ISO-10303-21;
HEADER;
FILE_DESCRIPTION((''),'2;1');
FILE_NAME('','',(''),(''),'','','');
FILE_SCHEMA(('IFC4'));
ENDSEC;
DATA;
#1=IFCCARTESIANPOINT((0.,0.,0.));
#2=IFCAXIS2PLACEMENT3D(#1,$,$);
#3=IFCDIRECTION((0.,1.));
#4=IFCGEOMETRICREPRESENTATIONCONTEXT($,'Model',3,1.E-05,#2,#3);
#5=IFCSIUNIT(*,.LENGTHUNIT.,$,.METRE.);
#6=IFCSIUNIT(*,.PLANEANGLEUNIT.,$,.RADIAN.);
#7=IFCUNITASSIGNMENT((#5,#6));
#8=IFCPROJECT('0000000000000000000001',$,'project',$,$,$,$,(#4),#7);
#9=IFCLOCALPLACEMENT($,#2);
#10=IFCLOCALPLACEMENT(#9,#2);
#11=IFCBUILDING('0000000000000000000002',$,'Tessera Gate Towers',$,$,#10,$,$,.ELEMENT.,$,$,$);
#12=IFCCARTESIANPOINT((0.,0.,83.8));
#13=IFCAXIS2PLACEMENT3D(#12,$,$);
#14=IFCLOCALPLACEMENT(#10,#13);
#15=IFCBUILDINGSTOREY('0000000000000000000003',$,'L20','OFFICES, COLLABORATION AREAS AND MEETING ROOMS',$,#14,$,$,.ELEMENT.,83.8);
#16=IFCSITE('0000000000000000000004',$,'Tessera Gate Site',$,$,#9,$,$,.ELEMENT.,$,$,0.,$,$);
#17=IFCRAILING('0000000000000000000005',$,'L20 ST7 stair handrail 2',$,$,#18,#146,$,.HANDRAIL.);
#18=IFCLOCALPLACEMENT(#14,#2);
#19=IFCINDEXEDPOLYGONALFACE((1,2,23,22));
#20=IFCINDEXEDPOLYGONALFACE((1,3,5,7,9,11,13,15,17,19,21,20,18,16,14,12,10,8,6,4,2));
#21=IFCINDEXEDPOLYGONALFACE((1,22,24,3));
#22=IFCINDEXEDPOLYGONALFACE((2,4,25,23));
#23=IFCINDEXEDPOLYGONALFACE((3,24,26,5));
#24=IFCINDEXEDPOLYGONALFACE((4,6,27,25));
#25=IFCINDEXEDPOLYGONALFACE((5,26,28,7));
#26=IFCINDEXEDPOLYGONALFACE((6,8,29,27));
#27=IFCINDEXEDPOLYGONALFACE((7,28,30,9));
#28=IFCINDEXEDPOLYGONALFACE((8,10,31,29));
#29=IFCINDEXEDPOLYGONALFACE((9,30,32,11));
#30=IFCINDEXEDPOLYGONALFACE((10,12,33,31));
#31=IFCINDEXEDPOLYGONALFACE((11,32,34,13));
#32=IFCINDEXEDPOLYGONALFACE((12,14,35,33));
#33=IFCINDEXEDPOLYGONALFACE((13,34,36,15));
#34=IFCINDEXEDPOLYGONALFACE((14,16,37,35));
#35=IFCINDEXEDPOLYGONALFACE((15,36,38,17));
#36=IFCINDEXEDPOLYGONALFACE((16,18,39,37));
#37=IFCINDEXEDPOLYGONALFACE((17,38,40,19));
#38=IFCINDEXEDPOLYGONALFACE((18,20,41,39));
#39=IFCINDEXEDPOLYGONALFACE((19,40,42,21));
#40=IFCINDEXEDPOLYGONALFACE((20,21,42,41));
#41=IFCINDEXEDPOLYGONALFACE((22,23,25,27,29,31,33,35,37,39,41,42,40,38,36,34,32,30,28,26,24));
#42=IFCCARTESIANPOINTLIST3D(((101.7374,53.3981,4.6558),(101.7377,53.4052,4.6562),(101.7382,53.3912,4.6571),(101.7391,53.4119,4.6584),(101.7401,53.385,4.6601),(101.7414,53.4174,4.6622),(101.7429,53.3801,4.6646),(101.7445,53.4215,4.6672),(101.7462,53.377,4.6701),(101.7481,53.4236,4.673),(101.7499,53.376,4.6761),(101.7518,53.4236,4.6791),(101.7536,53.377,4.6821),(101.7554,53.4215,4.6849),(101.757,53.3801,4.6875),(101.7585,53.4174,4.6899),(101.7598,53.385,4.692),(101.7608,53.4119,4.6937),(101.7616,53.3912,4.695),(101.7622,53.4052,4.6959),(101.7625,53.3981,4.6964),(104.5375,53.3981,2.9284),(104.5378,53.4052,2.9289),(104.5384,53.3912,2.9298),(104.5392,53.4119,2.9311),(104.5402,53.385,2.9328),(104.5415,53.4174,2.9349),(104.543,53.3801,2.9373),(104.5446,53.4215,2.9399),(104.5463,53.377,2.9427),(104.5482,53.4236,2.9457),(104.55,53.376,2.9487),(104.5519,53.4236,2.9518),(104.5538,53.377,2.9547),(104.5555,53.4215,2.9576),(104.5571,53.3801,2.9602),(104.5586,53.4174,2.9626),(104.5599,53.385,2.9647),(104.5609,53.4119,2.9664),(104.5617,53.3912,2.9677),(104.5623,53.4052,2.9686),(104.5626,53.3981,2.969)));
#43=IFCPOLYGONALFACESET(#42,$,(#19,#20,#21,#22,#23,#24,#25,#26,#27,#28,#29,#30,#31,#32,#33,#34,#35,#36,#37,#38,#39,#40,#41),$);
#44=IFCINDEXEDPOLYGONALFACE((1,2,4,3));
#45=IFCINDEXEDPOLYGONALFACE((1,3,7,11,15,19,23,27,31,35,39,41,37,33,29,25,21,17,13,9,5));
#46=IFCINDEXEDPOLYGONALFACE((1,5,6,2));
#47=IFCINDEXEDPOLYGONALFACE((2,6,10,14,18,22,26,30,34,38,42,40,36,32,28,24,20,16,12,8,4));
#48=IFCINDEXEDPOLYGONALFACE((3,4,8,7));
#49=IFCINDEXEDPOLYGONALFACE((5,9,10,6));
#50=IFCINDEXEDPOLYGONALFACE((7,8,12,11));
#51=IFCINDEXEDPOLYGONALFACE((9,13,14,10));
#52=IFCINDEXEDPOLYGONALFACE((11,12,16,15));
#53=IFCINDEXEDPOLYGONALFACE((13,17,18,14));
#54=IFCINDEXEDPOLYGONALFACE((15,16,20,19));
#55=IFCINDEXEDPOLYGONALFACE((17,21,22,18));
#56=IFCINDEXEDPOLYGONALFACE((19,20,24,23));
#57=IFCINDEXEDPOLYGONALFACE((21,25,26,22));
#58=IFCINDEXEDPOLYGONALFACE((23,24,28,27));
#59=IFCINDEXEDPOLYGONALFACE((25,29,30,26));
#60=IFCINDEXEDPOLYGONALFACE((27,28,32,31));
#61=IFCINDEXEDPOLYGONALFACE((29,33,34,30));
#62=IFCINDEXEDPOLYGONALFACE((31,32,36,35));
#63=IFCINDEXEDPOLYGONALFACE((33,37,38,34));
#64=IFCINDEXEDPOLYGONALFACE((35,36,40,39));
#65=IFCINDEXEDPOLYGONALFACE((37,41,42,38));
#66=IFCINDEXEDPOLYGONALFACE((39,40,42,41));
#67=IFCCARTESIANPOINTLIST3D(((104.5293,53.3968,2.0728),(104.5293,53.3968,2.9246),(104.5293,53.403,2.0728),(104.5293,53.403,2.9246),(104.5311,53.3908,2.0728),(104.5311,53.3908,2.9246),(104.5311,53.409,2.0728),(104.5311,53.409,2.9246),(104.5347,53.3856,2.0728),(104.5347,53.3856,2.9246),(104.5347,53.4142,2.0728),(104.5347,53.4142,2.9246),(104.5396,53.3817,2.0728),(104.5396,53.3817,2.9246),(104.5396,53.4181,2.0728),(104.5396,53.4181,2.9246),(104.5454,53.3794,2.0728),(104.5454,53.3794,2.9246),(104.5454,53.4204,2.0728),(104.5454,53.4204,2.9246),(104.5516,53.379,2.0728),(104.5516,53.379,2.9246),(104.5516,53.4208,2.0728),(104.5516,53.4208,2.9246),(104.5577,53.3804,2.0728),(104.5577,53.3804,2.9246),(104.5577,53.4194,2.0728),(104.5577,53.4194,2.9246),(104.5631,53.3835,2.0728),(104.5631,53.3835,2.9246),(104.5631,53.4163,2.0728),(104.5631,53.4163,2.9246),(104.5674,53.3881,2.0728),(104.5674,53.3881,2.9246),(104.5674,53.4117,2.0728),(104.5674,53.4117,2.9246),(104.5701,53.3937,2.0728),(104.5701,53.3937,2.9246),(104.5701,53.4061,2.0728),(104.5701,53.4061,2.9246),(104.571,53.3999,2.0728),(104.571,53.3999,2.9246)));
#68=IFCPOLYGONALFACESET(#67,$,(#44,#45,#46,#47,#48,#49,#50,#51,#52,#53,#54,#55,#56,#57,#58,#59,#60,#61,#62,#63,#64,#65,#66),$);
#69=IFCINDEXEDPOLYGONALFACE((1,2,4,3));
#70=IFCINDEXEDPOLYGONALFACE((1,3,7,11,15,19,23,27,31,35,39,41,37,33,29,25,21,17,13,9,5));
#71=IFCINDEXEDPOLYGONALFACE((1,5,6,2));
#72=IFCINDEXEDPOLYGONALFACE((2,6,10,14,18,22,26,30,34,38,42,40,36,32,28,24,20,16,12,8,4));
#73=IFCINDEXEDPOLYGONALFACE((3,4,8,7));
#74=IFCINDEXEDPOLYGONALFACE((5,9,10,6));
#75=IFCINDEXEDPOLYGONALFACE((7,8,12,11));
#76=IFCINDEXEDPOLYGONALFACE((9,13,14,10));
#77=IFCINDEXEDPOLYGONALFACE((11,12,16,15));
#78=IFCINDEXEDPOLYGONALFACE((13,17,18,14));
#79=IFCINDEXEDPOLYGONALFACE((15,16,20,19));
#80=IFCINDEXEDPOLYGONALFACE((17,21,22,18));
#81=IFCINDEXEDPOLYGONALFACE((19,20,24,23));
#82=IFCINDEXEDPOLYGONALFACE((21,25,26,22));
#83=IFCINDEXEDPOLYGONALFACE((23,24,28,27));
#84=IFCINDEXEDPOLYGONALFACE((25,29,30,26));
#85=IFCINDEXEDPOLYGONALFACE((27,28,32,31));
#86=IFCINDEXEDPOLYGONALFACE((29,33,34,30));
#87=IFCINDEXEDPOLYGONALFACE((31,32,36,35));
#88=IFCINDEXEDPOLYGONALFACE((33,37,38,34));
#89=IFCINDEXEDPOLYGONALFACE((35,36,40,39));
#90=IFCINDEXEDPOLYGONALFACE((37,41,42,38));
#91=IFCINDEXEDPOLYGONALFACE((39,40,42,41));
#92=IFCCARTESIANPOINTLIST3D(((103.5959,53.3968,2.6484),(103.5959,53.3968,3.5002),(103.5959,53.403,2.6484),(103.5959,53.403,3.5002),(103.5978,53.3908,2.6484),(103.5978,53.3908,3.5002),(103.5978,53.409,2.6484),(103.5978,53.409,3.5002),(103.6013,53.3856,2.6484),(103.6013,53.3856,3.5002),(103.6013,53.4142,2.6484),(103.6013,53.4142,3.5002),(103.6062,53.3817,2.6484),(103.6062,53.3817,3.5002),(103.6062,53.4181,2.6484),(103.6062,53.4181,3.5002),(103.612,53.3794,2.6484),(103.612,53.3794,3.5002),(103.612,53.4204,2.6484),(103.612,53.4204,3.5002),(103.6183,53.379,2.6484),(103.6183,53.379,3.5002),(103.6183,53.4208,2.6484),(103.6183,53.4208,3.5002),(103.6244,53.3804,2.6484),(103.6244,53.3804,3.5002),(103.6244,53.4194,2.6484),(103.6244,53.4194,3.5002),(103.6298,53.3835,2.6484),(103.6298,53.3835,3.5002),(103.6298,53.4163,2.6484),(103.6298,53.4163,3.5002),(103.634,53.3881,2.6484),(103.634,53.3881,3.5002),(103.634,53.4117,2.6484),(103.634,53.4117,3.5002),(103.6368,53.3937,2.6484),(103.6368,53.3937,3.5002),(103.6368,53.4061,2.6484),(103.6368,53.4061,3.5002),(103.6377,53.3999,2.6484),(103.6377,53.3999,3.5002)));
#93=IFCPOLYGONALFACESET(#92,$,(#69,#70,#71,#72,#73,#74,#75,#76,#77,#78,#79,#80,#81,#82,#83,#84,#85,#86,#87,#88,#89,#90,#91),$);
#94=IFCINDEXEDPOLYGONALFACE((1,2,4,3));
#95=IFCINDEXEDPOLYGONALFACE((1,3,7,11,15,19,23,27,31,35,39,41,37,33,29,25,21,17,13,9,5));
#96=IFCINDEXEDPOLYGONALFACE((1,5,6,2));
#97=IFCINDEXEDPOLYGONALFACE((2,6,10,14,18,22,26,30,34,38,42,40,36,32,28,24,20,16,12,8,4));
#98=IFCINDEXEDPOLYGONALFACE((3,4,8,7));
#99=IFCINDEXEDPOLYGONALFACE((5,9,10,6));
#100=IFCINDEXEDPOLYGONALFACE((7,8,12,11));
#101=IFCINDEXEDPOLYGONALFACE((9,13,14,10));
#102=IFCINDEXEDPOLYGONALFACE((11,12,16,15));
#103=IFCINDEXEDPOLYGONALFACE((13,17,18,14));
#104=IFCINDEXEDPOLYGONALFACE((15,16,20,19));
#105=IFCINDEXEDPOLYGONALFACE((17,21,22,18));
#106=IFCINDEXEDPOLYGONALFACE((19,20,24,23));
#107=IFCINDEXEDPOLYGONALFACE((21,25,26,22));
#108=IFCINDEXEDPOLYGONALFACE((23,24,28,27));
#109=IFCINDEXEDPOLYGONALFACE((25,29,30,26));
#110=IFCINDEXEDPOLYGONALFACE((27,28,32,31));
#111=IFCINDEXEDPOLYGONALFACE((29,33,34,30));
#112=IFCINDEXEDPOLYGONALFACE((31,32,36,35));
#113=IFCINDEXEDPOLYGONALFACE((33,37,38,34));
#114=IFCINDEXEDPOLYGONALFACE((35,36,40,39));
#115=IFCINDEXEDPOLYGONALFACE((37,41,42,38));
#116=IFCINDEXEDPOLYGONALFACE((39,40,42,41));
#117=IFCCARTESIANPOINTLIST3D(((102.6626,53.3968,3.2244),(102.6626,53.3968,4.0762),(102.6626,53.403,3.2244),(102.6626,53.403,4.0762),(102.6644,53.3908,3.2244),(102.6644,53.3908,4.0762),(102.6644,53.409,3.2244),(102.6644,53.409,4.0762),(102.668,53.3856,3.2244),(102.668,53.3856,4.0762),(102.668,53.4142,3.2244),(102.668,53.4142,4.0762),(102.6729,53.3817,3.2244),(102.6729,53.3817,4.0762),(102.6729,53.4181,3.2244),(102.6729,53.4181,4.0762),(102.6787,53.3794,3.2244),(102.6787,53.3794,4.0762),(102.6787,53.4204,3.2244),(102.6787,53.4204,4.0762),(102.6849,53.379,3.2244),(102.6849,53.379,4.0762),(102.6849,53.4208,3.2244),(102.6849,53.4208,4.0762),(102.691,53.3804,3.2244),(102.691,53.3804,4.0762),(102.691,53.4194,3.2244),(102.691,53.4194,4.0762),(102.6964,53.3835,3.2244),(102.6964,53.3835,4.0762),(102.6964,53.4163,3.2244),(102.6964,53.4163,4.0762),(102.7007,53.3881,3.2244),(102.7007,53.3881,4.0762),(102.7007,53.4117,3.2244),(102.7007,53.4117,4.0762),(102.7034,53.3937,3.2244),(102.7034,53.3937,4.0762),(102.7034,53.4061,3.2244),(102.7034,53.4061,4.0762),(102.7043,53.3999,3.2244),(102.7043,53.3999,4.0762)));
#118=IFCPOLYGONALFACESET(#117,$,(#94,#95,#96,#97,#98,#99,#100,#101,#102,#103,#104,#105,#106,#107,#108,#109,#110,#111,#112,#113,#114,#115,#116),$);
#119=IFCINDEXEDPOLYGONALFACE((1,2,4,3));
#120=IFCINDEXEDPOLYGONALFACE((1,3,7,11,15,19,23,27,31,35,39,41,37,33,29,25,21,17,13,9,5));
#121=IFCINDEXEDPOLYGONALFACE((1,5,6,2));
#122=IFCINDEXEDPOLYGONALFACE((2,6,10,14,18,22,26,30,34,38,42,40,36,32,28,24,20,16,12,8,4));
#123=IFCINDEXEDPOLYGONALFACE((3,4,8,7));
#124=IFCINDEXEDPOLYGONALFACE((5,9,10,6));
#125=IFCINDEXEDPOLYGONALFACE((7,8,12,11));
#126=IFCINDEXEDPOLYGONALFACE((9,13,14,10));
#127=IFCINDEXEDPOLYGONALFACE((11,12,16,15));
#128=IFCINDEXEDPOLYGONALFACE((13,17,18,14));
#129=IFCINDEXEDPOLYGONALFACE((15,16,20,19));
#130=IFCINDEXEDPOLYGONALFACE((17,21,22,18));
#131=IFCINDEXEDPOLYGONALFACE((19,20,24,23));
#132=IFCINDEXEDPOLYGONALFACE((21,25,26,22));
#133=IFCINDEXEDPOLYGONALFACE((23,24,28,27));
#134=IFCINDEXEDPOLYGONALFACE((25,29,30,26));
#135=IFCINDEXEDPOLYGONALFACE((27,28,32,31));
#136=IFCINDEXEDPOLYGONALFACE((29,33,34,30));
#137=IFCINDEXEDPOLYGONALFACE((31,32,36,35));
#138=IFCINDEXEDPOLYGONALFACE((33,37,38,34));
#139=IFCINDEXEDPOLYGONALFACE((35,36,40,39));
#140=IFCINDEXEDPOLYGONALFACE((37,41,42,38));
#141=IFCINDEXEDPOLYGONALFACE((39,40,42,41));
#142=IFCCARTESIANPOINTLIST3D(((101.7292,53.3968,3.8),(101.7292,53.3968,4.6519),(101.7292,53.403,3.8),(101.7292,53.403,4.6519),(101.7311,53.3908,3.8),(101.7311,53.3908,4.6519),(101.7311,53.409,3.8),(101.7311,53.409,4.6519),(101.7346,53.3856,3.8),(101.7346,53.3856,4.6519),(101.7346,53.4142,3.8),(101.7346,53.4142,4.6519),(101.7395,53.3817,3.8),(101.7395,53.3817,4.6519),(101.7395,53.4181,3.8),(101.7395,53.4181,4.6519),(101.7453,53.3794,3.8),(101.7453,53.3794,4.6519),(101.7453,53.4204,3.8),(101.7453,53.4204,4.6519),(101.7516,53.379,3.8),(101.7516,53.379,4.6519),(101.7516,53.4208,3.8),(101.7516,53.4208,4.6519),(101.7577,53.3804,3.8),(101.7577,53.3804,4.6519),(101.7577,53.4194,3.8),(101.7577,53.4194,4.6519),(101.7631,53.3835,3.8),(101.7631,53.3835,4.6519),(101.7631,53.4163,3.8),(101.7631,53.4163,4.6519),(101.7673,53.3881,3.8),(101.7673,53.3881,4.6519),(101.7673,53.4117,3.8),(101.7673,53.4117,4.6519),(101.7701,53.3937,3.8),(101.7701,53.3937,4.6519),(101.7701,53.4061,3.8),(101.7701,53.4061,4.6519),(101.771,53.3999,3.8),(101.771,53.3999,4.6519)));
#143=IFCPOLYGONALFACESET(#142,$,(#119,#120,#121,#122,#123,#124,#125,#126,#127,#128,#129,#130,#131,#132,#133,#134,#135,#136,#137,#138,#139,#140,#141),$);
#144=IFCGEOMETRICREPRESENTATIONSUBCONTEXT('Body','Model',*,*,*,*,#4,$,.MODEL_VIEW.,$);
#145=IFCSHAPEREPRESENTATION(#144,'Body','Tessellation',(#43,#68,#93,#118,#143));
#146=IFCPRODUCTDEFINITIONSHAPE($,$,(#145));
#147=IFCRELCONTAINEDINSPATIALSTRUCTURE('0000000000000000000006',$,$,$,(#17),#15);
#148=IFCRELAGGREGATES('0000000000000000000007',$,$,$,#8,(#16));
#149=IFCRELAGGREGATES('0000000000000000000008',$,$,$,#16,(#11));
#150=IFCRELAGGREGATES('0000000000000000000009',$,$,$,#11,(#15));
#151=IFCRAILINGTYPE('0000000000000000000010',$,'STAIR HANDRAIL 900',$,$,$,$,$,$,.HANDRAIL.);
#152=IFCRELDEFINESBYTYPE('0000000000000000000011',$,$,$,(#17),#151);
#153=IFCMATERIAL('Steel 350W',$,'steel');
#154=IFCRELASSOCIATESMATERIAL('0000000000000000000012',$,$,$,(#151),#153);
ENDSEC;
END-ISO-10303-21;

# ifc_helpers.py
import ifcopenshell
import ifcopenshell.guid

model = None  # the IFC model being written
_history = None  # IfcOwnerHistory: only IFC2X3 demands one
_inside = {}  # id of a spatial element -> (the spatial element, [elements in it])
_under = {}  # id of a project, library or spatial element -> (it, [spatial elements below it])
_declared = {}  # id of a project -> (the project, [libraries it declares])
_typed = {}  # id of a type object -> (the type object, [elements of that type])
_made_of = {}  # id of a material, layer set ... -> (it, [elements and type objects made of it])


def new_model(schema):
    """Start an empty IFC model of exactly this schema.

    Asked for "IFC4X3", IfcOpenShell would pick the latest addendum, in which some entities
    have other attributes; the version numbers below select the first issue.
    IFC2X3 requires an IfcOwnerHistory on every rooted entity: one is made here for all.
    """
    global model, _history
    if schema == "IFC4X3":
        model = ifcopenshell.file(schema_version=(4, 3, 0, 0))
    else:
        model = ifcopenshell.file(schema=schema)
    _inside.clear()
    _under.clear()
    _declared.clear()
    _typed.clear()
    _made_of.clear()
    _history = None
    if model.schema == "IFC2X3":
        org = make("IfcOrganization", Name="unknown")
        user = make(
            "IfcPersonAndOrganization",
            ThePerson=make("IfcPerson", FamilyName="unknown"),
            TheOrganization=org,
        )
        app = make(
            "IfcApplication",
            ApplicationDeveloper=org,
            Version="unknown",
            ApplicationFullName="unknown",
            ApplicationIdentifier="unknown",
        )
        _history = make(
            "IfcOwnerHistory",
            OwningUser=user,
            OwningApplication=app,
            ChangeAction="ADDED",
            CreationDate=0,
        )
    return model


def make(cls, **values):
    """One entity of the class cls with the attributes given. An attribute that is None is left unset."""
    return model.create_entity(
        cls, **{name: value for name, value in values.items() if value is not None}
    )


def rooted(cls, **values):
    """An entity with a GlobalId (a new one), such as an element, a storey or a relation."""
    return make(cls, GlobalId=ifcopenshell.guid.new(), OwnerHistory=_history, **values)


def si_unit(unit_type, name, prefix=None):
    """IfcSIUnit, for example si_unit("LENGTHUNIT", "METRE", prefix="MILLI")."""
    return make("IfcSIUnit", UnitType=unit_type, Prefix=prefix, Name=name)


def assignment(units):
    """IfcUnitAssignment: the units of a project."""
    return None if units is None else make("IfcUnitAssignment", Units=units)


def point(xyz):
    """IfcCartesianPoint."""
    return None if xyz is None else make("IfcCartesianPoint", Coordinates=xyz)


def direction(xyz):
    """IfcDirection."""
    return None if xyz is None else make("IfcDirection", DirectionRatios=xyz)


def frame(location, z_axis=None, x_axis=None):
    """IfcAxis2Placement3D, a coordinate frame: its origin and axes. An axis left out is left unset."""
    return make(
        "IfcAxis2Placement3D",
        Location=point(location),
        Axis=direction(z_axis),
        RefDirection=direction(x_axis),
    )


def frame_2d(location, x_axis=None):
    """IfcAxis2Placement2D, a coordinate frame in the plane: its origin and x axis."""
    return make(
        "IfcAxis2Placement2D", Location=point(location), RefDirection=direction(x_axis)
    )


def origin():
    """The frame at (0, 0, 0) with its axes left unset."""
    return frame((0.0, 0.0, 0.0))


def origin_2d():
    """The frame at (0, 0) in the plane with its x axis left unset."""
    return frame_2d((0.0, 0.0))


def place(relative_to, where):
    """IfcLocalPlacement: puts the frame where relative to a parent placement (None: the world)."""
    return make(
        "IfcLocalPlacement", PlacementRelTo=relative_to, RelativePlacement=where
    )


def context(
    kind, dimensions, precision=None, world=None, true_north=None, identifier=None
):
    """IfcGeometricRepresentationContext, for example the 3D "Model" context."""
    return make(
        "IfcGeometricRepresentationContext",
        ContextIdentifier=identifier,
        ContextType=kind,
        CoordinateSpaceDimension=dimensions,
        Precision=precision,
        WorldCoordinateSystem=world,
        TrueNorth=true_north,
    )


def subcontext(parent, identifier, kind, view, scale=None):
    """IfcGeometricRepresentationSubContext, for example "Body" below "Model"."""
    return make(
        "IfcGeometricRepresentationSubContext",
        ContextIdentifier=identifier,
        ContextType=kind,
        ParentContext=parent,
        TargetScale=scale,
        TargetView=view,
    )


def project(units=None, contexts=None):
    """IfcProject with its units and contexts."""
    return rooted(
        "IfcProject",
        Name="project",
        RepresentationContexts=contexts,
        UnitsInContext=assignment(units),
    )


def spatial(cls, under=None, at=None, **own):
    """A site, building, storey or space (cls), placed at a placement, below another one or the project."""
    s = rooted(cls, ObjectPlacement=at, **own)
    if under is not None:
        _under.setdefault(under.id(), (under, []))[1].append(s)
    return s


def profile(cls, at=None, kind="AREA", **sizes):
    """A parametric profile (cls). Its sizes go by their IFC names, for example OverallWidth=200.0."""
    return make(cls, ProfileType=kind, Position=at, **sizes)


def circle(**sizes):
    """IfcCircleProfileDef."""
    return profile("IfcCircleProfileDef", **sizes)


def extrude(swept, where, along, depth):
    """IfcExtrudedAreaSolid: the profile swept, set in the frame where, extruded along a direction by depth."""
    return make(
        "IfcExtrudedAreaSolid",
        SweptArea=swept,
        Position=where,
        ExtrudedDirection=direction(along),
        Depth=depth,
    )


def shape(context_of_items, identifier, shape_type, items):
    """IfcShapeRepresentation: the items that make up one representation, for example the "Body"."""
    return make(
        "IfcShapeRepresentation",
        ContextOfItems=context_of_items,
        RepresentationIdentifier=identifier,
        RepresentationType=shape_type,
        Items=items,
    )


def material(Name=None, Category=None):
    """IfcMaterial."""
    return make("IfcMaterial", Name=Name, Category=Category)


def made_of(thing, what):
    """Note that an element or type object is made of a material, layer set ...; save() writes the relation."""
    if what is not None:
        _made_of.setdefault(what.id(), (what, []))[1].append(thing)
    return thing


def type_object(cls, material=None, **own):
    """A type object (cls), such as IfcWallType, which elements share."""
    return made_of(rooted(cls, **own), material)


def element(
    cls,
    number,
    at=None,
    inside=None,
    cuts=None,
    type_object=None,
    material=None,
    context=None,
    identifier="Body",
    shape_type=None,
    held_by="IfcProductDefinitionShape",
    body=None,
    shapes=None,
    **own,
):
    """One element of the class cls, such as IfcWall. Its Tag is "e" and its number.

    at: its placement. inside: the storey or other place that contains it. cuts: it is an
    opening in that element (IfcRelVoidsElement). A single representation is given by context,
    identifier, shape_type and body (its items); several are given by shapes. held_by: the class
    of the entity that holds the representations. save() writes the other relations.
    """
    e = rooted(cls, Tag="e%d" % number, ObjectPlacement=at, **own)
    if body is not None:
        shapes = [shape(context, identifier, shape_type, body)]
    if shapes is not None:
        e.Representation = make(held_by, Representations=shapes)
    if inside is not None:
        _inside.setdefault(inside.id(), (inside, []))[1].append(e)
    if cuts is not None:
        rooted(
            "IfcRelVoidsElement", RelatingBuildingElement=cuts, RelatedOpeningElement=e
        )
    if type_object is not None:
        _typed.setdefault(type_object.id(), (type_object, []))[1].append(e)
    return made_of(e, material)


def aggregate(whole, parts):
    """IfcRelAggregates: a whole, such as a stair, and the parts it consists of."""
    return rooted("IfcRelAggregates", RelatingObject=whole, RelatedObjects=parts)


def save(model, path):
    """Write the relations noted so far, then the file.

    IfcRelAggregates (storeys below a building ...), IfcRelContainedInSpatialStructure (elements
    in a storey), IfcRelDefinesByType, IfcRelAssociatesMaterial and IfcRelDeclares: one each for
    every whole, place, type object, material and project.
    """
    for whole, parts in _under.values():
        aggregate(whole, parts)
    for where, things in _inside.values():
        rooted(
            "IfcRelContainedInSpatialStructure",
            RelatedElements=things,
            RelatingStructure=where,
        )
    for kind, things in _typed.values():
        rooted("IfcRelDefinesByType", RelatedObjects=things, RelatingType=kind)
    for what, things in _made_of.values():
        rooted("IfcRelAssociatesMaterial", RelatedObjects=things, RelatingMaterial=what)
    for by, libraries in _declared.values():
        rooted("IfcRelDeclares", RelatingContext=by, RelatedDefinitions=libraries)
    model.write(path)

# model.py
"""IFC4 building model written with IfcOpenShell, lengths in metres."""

from ifc_helpers import new_model, si_unit, direction, frame, origin, origin_2d, place, context, subcontext, project, spatial, circle, extrude, material, type_object, element, save


model = new_model("IFC4")

# Units and contexts
model_context = context("Model", 3, precision=1e-05, world=origin(), true_north=direction((0.0, 1.0)))
body_context = subcontext(model_context, "Body", "Model", "MODEL_VIEW")
ifc_project = project(units=[si_unit("LENGTHUNIT", "METRE"), si_unit("PLANEANGLEUNIT", "RADIAN")], contexts=[model_context])

# Site, building, storey
site_placement = place(None, origin())
site = spatial("IfcSite", under=ifc_project, at=site_placement, Name="Tessera Gate Site", CompositionType="ELEMENT", RefElevation=0.0)
building_placement = place(site_placement, origin())
building = spatial("IfcBuilding", under=site, at=building_placement, Name="Tessera Gate Towers", CompositionType="ELEMENT")
storey_placement = place(building_placement, frame((0.0, 0.0, 83.8)))
storey = spatial("IfcBuildingStorey", under=building, at=storey_placement, Name="L20", Description="OFFICES, COLLABORATION AREAS AND MEETING ROOMS", CompositionType="ELEMENT", Elevation=83.8)

# Railing
ifc_material_1 = material(Name="Steel 350W", Category="steel")
railing_type_1 = type_object("IfcRailingType", Name="STAIR HANDRAIL 900", PredefinedType="HANDRAIL", material=ifc_material_1)
railing_1_placement = place(storey_placement, frame((104.55, 53.3999, 2.0728)))
element("IfcRailing", 1, at=railing_1_placement, inside=storey, type_object=railing_type_1, Name="L20 ST7 stair handrail 2", PredefinedType="HANDRAIL", context=body_context, shape_type="SweptSolid", body=[
    extrude(circle(Radius=0.0239, at=origin_2d()), frame((0.0, 0.0, 0.876), z_axis=(-0.85109, 0.0, 0.52502), x_axis=(0.0, -1.0, 0.0)), (0.0, 0.0, 1.0), 3.29),
    extrude(circle(Radius=0.021, at=origin_2d()), origin(), (0.0, 0.0, 1.0), 0.8518),
    extrude(circle(Radius=0.021, at=origin_2d()), frame((-0.9333, 0.0, 0.5757)), (0.0, 0.0, 1.0), 0.8518),
    extrude(circle(Radius=0.021, at=origin_2d()), frame((-1.8667, 0.0, 1.1516)), (0.0, 0.0, 1.0), 0.8518),
    extrude(circle(Radius=0.021, at=origin_2d()), frame((-2.8, 0.0, 1.7273)), (0.0, 0.0, 1.0), 0.8518),
])

save(model, "model.ifc")
